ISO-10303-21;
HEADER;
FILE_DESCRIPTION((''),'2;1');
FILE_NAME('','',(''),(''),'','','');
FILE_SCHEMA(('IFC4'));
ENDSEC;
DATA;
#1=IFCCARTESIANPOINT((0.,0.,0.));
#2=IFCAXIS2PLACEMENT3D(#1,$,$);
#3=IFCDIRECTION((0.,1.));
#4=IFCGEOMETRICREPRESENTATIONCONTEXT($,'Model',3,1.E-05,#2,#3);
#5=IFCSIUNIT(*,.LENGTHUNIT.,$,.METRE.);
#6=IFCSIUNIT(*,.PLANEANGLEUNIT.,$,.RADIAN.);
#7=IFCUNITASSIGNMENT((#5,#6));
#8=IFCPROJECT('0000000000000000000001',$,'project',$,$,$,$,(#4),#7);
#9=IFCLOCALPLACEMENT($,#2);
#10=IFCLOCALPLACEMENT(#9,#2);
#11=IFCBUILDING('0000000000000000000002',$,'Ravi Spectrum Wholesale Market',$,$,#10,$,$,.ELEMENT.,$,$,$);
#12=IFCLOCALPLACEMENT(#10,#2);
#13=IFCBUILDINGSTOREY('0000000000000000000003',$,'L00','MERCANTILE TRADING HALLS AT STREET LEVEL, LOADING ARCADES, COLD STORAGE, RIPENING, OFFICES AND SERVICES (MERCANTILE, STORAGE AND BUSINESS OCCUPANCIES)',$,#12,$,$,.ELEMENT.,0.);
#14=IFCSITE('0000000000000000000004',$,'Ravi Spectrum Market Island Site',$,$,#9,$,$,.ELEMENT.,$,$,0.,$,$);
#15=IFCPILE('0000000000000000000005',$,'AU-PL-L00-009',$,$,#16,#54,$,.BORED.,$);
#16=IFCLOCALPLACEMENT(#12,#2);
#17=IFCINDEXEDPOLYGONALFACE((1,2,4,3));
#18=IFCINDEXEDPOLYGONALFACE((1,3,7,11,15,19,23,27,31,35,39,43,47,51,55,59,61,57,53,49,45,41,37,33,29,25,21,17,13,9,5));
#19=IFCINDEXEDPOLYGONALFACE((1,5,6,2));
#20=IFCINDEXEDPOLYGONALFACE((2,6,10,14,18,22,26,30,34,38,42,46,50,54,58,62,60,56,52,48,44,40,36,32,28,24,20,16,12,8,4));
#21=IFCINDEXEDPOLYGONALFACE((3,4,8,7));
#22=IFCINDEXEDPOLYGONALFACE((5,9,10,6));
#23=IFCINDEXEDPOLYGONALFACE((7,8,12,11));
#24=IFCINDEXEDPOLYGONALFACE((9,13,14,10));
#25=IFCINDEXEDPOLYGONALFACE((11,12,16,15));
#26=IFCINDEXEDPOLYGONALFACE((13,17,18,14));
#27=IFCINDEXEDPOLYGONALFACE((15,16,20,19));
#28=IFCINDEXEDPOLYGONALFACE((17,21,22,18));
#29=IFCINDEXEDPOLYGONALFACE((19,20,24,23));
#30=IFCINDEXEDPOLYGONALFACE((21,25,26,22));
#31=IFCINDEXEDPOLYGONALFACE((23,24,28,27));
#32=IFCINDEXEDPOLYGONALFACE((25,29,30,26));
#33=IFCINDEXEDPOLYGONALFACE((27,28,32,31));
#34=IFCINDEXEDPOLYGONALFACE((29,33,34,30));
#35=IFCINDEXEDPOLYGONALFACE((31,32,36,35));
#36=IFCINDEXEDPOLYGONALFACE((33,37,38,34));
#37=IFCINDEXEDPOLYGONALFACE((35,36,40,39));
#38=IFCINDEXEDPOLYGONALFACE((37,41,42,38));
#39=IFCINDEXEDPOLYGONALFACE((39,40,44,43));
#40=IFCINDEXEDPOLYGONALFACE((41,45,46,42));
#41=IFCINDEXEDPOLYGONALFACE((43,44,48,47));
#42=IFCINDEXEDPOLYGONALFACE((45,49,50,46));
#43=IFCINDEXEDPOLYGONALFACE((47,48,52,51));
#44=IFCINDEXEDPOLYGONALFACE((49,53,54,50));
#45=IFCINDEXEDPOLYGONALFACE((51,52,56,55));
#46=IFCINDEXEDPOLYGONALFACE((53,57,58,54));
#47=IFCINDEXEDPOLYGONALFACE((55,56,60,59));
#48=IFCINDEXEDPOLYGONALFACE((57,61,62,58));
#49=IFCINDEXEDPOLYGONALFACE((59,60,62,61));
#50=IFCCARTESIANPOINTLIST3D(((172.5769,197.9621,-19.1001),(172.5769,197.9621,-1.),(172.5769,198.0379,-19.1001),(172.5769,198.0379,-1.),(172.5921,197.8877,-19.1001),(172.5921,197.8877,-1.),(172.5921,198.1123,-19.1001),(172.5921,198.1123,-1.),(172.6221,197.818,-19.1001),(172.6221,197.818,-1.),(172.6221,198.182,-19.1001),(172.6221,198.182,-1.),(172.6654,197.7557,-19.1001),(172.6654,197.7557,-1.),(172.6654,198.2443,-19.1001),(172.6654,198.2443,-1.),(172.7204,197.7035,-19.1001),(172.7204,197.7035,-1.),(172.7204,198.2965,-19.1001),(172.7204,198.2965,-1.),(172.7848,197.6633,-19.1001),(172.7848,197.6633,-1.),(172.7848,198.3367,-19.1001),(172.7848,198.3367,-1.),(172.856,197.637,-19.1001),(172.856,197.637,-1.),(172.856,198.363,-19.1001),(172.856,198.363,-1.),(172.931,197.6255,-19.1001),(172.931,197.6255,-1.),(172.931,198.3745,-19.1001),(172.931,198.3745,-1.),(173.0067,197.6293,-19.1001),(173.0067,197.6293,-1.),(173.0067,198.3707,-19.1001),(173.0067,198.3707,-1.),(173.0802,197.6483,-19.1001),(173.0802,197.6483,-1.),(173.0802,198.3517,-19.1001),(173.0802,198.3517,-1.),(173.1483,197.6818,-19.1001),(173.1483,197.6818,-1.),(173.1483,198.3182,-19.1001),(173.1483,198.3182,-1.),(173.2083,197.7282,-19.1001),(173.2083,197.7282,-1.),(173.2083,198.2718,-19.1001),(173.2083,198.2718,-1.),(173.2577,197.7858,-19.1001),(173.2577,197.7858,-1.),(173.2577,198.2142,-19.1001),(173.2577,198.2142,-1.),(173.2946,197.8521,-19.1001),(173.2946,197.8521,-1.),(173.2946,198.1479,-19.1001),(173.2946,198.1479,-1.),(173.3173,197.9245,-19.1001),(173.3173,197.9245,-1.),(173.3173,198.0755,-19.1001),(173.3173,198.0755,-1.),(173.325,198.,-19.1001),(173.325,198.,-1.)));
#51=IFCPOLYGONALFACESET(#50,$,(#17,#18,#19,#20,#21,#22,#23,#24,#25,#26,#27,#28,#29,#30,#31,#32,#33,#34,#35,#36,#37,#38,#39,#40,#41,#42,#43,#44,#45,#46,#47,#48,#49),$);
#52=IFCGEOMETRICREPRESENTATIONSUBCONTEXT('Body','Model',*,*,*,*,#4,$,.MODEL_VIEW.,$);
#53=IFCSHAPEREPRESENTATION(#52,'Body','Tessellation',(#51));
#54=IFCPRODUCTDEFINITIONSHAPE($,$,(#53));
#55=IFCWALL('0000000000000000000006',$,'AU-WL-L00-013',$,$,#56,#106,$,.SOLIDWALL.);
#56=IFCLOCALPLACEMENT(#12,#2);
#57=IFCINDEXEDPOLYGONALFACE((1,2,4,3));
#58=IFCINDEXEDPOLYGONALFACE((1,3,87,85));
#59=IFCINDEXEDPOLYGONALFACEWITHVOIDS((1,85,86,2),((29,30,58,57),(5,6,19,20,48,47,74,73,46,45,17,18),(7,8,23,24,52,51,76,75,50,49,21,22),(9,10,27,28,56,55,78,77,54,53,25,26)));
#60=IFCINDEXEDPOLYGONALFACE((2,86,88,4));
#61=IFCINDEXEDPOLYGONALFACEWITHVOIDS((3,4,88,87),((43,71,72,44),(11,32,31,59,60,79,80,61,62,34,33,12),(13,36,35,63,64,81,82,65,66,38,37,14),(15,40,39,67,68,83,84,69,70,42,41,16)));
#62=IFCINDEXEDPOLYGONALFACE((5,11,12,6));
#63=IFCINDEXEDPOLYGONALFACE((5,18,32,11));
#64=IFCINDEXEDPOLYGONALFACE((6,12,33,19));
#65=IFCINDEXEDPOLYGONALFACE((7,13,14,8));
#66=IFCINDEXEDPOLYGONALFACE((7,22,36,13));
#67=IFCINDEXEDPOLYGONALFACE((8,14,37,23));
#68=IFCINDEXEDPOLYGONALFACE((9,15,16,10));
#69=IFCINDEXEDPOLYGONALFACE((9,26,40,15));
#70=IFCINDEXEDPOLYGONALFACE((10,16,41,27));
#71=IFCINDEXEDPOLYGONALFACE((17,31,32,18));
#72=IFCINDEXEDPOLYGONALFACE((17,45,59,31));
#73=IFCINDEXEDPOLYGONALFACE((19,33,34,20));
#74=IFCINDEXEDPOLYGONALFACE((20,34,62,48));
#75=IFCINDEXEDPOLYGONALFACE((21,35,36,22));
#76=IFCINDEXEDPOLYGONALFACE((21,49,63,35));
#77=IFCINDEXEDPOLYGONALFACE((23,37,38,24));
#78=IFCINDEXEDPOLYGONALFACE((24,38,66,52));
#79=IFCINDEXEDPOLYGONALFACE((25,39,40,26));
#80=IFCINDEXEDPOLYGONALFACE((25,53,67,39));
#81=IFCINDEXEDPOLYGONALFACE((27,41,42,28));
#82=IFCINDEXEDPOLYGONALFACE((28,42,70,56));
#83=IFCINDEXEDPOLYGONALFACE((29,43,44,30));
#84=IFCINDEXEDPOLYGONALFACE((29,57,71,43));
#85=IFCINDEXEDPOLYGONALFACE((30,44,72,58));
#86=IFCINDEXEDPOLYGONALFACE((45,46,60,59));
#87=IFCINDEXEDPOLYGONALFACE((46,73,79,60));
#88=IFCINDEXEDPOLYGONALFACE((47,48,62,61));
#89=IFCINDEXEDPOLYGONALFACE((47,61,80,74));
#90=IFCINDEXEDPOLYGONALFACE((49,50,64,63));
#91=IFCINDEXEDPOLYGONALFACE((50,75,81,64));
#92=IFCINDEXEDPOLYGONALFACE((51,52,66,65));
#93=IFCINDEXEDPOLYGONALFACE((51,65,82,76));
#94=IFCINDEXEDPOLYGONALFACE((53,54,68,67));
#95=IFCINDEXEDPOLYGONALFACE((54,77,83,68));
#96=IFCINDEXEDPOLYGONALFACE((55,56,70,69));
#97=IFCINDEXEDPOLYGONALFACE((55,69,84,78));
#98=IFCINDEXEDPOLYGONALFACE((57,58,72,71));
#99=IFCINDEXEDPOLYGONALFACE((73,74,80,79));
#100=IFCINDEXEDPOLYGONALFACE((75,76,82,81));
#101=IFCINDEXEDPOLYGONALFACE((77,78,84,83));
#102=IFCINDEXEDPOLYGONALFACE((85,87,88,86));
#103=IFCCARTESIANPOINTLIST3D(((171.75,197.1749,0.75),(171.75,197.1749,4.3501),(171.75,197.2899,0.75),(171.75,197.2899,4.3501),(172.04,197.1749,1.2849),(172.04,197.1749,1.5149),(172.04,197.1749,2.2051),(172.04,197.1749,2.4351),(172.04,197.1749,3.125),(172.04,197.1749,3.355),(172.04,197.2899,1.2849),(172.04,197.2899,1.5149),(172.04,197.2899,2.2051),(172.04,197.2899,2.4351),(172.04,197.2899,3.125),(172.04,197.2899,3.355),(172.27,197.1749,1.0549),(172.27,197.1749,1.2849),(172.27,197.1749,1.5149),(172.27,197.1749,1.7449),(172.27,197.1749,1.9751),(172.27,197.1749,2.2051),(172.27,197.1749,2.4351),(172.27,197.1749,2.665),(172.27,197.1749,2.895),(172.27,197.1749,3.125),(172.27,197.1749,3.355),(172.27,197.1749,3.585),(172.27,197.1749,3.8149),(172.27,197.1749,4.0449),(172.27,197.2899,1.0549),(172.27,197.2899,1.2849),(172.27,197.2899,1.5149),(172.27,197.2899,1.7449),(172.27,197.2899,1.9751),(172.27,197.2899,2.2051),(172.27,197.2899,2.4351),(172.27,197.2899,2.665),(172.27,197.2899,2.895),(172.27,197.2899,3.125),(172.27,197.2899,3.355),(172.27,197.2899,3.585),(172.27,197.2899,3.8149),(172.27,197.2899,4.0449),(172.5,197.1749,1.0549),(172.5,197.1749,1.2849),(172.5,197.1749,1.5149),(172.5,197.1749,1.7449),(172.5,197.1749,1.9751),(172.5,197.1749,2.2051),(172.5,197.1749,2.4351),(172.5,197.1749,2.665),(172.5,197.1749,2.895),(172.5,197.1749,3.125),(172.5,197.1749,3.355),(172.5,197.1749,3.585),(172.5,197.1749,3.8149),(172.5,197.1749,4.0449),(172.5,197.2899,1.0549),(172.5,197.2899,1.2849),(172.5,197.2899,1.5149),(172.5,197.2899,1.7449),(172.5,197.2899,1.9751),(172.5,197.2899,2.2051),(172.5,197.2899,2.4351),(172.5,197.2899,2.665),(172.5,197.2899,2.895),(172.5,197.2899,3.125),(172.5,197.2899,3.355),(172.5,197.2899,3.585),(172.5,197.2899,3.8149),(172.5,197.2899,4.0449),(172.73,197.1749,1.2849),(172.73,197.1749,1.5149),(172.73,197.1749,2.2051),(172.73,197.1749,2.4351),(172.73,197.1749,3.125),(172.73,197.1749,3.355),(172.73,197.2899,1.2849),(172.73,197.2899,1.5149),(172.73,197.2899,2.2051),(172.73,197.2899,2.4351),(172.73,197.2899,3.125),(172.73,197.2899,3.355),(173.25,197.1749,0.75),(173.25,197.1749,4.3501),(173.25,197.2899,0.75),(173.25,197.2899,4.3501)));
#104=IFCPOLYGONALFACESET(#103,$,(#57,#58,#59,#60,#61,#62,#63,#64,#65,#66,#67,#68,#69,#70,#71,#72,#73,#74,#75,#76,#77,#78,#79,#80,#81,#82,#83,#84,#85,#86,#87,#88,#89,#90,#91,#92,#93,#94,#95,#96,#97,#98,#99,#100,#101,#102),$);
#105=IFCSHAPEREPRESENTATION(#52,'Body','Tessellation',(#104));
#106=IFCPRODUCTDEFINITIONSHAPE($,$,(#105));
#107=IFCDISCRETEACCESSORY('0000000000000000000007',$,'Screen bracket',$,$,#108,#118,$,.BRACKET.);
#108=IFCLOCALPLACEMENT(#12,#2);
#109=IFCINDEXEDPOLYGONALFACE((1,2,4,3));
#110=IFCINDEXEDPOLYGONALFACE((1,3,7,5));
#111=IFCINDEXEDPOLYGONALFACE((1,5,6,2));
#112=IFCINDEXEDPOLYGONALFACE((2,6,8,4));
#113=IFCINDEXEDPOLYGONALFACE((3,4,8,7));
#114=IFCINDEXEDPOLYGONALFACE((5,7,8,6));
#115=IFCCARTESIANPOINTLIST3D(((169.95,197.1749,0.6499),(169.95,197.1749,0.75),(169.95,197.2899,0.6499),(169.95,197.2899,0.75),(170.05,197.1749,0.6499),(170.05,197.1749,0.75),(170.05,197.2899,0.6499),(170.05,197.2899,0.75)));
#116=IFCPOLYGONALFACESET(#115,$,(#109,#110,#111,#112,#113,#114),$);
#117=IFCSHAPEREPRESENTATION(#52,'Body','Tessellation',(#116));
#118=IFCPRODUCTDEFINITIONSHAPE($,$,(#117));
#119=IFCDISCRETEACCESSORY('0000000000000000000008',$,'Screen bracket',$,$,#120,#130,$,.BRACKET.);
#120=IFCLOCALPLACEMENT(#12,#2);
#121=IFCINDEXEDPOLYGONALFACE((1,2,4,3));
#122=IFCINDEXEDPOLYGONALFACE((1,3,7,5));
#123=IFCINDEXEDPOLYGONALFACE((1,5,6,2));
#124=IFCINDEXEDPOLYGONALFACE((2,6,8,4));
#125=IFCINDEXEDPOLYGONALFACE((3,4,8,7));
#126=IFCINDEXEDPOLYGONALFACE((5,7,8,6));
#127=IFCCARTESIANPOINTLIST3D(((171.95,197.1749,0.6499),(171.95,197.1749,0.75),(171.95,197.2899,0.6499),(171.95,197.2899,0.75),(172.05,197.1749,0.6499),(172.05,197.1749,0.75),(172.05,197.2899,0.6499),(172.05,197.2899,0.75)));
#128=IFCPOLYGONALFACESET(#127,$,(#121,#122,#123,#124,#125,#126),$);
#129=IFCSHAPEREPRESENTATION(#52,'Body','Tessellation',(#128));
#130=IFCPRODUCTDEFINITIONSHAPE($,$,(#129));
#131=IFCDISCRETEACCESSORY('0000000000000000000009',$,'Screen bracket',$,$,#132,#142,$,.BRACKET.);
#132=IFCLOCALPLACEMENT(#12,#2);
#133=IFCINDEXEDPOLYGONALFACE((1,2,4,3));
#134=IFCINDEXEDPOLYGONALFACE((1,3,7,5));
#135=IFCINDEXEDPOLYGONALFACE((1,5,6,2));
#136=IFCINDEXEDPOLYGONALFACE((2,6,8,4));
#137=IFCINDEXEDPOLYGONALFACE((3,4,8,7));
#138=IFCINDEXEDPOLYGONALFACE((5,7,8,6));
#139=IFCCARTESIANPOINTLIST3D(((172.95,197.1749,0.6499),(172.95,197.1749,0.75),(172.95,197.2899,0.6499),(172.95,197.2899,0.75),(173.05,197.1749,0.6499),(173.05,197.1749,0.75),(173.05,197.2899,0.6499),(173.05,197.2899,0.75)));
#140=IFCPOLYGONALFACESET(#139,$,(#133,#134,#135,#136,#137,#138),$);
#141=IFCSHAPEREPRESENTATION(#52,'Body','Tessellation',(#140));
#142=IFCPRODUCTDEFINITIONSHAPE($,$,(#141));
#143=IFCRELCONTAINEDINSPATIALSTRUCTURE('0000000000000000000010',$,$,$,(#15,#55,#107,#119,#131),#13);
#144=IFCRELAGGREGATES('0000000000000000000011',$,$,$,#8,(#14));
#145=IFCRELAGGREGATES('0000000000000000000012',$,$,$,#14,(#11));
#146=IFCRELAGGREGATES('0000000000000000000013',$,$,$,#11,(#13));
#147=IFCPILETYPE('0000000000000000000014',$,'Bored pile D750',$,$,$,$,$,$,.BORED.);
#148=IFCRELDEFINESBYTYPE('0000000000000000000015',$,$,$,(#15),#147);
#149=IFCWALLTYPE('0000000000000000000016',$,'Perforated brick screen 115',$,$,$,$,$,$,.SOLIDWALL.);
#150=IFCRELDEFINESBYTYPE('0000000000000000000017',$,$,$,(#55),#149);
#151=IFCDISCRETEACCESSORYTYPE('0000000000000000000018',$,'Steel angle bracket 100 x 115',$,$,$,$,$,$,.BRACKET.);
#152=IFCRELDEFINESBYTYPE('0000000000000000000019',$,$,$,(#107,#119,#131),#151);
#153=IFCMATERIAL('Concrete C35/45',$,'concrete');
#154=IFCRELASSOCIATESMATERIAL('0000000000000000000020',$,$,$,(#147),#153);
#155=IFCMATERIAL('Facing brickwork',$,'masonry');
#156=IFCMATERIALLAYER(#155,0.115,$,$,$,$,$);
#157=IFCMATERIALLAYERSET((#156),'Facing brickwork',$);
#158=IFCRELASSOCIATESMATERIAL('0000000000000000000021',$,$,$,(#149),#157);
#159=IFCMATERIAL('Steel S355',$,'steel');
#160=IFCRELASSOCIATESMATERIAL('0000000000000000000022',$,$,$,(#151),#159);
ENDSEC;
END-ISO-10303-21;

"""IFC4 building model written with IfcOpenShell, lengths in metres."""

from ifc_helpers import new_model, si_unit, direction, frame, frame_2d, origin, origin_2d, place, context, subcontext, project, spatial, rectangle, circle, extrude, material, layer, layer_set, material_profile, profile_set, type_object, element, save


model = new_model("IFC4")

# Units and contexts
model_context = context("Model", 3, precision=1e-05, world=origin(), true_north=direction((0.0, 1.0)))
body_context = subcontext(model_context, "Body", "Model", "MODEL_VIEW")
ifc_project = project(units=[si_unit("LENGTHUNIT", "METRE"), si_unit("PLANEANGLEUNIT", "RADIAN")], contexts=[model_context])

# Site, building, storey
site_placement = place(None, origin())
site = spatial("IfcSite", under=ifc_project, at=site_placement, Name="Ravi Spectrum Market Island Site", CompositionType="ELEMENT", RefElevation=0.0)
building_placement = place(site_placement, origin())
building = spatial("IfcBuilding", under=site, at=building_placement, Name="Ravi Spectrum Wholesale Market", CompositionType="ELEMENT")
storey_placement = place(building_placement, origin())
storey = spatial("IfcBuildingStorey", under=building, at=storey_placement, Name="L00", Description="MERCANTILE TRADING HALLS AT STREET LEVEL, LOADING ARCADES, COLD STORAGE, RIPENING, OFFICES AND SERVICES (MERCANTILE, STORAGE AND BUSINESS OCCUPANCIES)", CompositionType="ELEMENT", Elevation=0.0)

# Pile
ifc_material_1 = material(Name="Concrete C35/45", Category="concrete")
ifc_material_profile = material_profile(ifc_material_1, circle(Radius=0.375, at=origin_2d()))
ifc_profile_set = profile_set([ifc_material_profile], Name="Concrete C35/45")
pile_type = type_object("IfcPileType", Name="Bored pile D750", PredefinedType="BORED", material=ifc_profile_set)
pile_placement = place(storey_placement, frame((172.95, 198.0, -1.0), z_axis=(0.0, 0.0, -1.0), x_axis=(1.0, 0.0, 0.0)))
element("IfcPile", 1, at=pile_placement, inside=storey, type_object=pile_type, Name="AU-PL-L00-009", PredefinedType="BORED", context=body_context, shape_type="SweptSolid", body=[
    extrude(circle(Radius=0.375, at=origin_2d()), origin(), (0.0, 0.0, 1.0), 18.1001),
])

# Wall, openings
ifc_material_2 = material(Name="Facing brickwork", Category="masonry")
ifc_layer = layer(ifc_material_2, 0.115)
ifc_layer_set = layer_set([ifc_layer], Name="Facing brickwork")
wall_type = type_object("IfcWallType", Name="Perforated brick screen 115", PredefinedType="SOLIDWALL", material=ifc_layer_set)
wall_placement = place(storey_placement, frame((171.75, 197.2324, 0.75), z_axis=(0.0, 0.0, 1.0), x_axis=(1.0, 0.0, 0.0)))
wall = element("IfcWall", 2, at=wall_placement, inside=storey, type_object=wall_type, Name="AU-WL-L00-013", PredefinedType="SOLIDWALL", context=body_context, shape_type="SweptSolid", body=[
    extrude(rectangle(XDim=1.5, YDim=0.115, at=frame_2d((0.75, 0.0))), origin(), (0.0, 0.0, 1.0), 3.6001),
])
opening_1_placement = place(wall_placement, frame((0.52, 0.0, 0.3049)))
element("IfcOpeningElement", 3, at=opening_1_placement, cuts=wall, PredefinedType="OPENING", context=body_context, shape_type="SweptSolid", body=[
    extrude(rectangle(XDim=0.23, YDim=0.23, at=frame_2d((0.115, 0.115))), frame((0.0, 0.0674, 0.0), z_axis=(0.0, -1.0, 0.0), x_axis=(1.0, 0.0, 0.0)), (0.0, 0.0, 1.0), 0.135),
])
opening_2_placement = place(wall_placement, frame((0.29, 0.0, 0.5349)))
element("IfcOpeningElement", 4, at=opening_2_placement, cuts=wall, PredefinedType="OPENING", context=body_context, shape_type="SweptSolid", body=[
    extrude(rectangle(XDim=0.23, YDim=0.23, at=frame_2d((0.115, 0.115))), frame((0.0, 0.0674, 0.0), z_axis=(0.0, -1.0, 0.0), x_axis=(1.0, 0.0, 0.0)), (0.0, 0.0, 1.0), 0.135),
])
opening_3_placement = place(wall_placement, frame((0.52, 0.0, 0.5349)))
element("IfcOpeningElement", 5, at=opening_3_placement, cuts=wall, PredefinedType="OPENING", context=body_context, shape_type="SweptSolid", body=[
    extrude(rectangle(XDim=0.23, YDim=0.23, at=frame_2d((0.115, 0.115))), frame((0.0, 0.0674, 0.0), z_axis=(0.0, -1.0, 0.0), x_axis=(1.0, 0.0, 0.0)), (0.0, 0.0, 1.0), 0.135),
])
opening_4_placement = place(wall_placement, frame((0.75, 0.0, 0.5349)))
element("IfcOpeningElement", 6, at=opening_4_placement, cuts=wall, PredefinedType="OPENING", context=body_context, shape_type="SweptSolid", body=[
    extrude(rectangle(XDim=0.23, YDim=0.23, at=frame_2d((0.115, 0.115))), frame((0.0, 0.0674, 0.0), z_axis=(0.0, -1.0, 0.0), x_axis=(1.0, 0.0, 0.0)), (0.0, 0.0, 1.0), 0.135),
])
opening_5_placement = place(wall_placement, frame((0.52, 0.0, 0.7649)))
element("IfcOpeningElement", 7, at=opening_5_placement, cuts=wall, PredefinedType="OPENING", context=body_context, shape_type="SweptSolid", body=[
    extrude(rectangle(XDim=0.23, YDim=0.23, at=frame_2d((0.115, 0.115))), frame((0.0, 0.0674, 0.0), z_axis=(0.0, -1.0, 0.0), x_axis=(1.0, 0.0, 0.0)), (0.0, 0.0, 1.0), 0.135),
])
opening_6_placement = place(wall_placement, frame((0.52, 0.0, 1.2251)))
element("IfcOpeningElement", 8, at=opening_6_placement, cuts=wall, PredefinedType="OPENING", context=body_context, shape_type="SweptSolid", body=[
    extrude(rectangle(XDim=0.23, YDim=0.23, at=frame_2d((0.115, 0.115))), frame((0.0, 0.0674, 0.0), z_axis=(0.0, -1.0, 0.0), x_axis=(1.0, 0.0, 0.0)), (0.0, 0.0, 1.0), 0.135),
])
opening_7_placement = place(wall_placement, frame((0.29, 0.0, 1.4551)))
element("IfcOpeningElement", 9, at=opening_7_placement, cuts=wall, PredefinedType="OPENING", context=body_context, shape_type="SweptSolid", body=[
    extrude(rectangle(XDim=0.23, YDim=0.23, at=frame_2d((0.115, 0.115))), frame((0.0, 0.0674, 0.0), z_axis=(0.0, -1.0, 0.0), x_axis=(1.0, 0.0, 0.0)), (0.0, 0.0, 1.0), 0.135),
])
opening_8_placement = place(wall_placement, frame((0.52, 0.0, 1.4551)))
element("IfcOpeningElement", 10, at=opening_8_placement, cuts=wall, PredefinedType="OPENING", context=body_context, shape_type="SweptSolid", body=[
    extrude(rectangle(XDim=0.23, YDim=0.23, at=frame_2d((0.115, 0.115))), frame((0.0, 0.0674, 0.0), z_axis=(0.0, -1.0, 0.0), x_axis=(1.0, 0.0, 0.0)), (0.0, 0.0, 1.0), 0.135),
])
opening_9_placement = place(wall_placement, frame((0.75, 0.0, 1.4551)))
element("IfcOpeningElement", 11, at=opening_9_placement, cuts=wall, PredefinedType="OPENING", context=body_context, shape_type="SweptSolid", body=[
    extrude(rectangle(XDim=0.23, YDim=0.23, at=frame_2d((0.115, 0.115))), frame((0.0, 0.0674, 0.0), z_axis=(0.0, -1.0, 0.0), x_axis=(1.0, 0.0, 0.0)), (0.0, 0.0, 1.0), 0.135),
])
opening_10_placement = place(wall_placement, frame((0.52, 0.0, 1.6851)))
element("IfcOpeningElement", 12, at=opening_10_placement, cuts=wall, PredefinedType="OPENING", context=body_context, shape_type="SweptSolid", body=[
    extrude(rectangle(XDim=0.23, YDim=0.23, at=frame_2d((0.115, 0.115))), frame((0.0, 0.0674, 0.0), z_axis=(0.0, -1.0, 0.0), x_axis=(1.0, 0.0, 0.0)), (0.0, 0.0, 1.0), 0.135),
])
opening_11_placement = place(wall_placement, frame((0.52, 0.0, 2.145)))
element("IfcOpeningElement", 13, at=opening_11_placement, cuts=wall, PredefinedType="OPENING", context=body_context, shape_type="SweptSolid", body=[
    extrude(rectangle(XDim=0.23, YDim=0.23, at=frame_2d((0.115, 0.115))), frame((0.0, 0.0674, 0.0), z_axis=(0.0, -1.0, 0.0), x_axis=(1.0, 0.0, 0.0)), (0.0, 0.0, 1.0), 0.135),
])
opening_12_placement = place(wall_placement, frame((0.29, 0.0, 2.375)))
element("IfcOpeningElement", 14, at=opening_12_placement, cuts=wall, PredefinedType="OPENING", context=body_context, shape_type="SweptSolid", body=[
    extrude(rectangle(XDim=0.23, YDim=0.23, at=frame_2d((0.115, 0.115))), frame((0.0, 0.0674, 0.0), z_axis=(0.0, -1.0, 0.0), x_axis=(1.0, 0.0, 0.0)), (0.0, 0.0, 1.0), 0.135),
])
opening_13_placement = place(wall_placement, frame((0.52, 0.0, 2.375)))
element("IfcOpeningElement", 15, at=opening_13_placement, cuts=wall, PredefinedType="OPENING", context=body_context, shape_type="SweptSolid", body=[
    extrude(rectangle(XDim=0.23, YDim=0.23, at=frame_2d((0.115, 0.115))), frame((0.0, 0.0674, 0.0), z_axis=(0.0, -1.0, 0.0), x_axis=(1.0, 0.0, 0.0)), (0.0, 0.0, 1.0), 0.135),
])
opening_14_placement = place(wall_placement, frame((0.75, 0.0, 2.375)))
element("IfcOpeningElement", 16, at=opening_14_placement, cuts=wall, PredefinedType="OPENING", context=body_context, shape_type="SweptSolid", body=[
    extrude(rectangle(XDim=0.23, YDim=0.23, at=frame_2d((0.115, 0.115))), frame((0.0, 0.0674, 0.0), z_axis=(0.0, -1.0, 0.0), x_axis=(1.0, 0.0, 0.0)), (0.0, 0.0, 1.0), 0.135),
])
opening_15_placement = place(wall_placement, frame((0.52, 0.0, 2.605)))
element("IfcOpeningElement", 17, at=opening_15_placement, cuts=wall, PredefinedType="OPENING", context=body_context, shape_type="SweptSolid", body=[
    extrude(rectangle(XDim=0.23, YDim=0.23, at=frame_2d((0.115, 0.115))), frame((0.0, 0.0674, 0.0), z_axis=(0.0, -1.0, 0.0), x_axis=(1.0, 0.0, 0.0)), (0.0, 0.0, 1.0), 0.135),
])
opening_16_placement = place(wall_placement, frame((0.52, 0.0, 3.0649)))
element("IfcOpeningElement", 18, at=opening_16_placement, cuts=wall, PredefinedType="OPENING", context=body_context, shape_type="SweptSolid", body=[
    extrude(rectangle(XDim=0.23, YDim=0.23, at=frame_2d((0.115, 0.115))), frame((0.0, 0.0674, 0.0), z_axis=(0.0, -1.0, 0.0), x_axis=(1.0, 0.0, 0.0)), (0.0, 0.0, 1.0), 0.135),
])

# Discrete accessories
ifc_material_3 = material(Name="Steel S355", Category="steel")
discrete_accessory_type = type_object("IfcDiscreteAccessoryType", Name="Steel angle bracket 100 x 115", PredefinedType="BRACKET", material=ifc_material_3)
for number, where, z_axis, x_axis, name in (
    (19, (170.0, 197.2324, 0.6499), (0.0, 0.0, 1.0), (1.0, 0.0, 0.0), "Screen bracket"),
    (20, (172.0, 197.2324, 0.6499), (0.0, 0.0, 1.0), (1.0, 0.0, 0.0), "Screen bracket"),
    (21, (173.0, 197.2324, 0.6499), (0.0, 0.0, 1.0), (1.0, 0.0, 0.0), "Screen bracket"),
):
    element("IfcDiscreteAccessory", number, at=place(storey_placement, frame(where, z_axis=z_axis, x_axis=x_axis)), inside=storey, type_object=discrete_accessory_type, Name=name, PredefinedType="BRACKET", context=body_context, shape_type="SweptSolid", body=[
        extrude(rectangle(XDim=0.1001, YDim=0.115, at=origin_2d()), origin(), (0.0, 0.0, 1.0), 0.1001),
    ])

save(model, "model.ifc")
